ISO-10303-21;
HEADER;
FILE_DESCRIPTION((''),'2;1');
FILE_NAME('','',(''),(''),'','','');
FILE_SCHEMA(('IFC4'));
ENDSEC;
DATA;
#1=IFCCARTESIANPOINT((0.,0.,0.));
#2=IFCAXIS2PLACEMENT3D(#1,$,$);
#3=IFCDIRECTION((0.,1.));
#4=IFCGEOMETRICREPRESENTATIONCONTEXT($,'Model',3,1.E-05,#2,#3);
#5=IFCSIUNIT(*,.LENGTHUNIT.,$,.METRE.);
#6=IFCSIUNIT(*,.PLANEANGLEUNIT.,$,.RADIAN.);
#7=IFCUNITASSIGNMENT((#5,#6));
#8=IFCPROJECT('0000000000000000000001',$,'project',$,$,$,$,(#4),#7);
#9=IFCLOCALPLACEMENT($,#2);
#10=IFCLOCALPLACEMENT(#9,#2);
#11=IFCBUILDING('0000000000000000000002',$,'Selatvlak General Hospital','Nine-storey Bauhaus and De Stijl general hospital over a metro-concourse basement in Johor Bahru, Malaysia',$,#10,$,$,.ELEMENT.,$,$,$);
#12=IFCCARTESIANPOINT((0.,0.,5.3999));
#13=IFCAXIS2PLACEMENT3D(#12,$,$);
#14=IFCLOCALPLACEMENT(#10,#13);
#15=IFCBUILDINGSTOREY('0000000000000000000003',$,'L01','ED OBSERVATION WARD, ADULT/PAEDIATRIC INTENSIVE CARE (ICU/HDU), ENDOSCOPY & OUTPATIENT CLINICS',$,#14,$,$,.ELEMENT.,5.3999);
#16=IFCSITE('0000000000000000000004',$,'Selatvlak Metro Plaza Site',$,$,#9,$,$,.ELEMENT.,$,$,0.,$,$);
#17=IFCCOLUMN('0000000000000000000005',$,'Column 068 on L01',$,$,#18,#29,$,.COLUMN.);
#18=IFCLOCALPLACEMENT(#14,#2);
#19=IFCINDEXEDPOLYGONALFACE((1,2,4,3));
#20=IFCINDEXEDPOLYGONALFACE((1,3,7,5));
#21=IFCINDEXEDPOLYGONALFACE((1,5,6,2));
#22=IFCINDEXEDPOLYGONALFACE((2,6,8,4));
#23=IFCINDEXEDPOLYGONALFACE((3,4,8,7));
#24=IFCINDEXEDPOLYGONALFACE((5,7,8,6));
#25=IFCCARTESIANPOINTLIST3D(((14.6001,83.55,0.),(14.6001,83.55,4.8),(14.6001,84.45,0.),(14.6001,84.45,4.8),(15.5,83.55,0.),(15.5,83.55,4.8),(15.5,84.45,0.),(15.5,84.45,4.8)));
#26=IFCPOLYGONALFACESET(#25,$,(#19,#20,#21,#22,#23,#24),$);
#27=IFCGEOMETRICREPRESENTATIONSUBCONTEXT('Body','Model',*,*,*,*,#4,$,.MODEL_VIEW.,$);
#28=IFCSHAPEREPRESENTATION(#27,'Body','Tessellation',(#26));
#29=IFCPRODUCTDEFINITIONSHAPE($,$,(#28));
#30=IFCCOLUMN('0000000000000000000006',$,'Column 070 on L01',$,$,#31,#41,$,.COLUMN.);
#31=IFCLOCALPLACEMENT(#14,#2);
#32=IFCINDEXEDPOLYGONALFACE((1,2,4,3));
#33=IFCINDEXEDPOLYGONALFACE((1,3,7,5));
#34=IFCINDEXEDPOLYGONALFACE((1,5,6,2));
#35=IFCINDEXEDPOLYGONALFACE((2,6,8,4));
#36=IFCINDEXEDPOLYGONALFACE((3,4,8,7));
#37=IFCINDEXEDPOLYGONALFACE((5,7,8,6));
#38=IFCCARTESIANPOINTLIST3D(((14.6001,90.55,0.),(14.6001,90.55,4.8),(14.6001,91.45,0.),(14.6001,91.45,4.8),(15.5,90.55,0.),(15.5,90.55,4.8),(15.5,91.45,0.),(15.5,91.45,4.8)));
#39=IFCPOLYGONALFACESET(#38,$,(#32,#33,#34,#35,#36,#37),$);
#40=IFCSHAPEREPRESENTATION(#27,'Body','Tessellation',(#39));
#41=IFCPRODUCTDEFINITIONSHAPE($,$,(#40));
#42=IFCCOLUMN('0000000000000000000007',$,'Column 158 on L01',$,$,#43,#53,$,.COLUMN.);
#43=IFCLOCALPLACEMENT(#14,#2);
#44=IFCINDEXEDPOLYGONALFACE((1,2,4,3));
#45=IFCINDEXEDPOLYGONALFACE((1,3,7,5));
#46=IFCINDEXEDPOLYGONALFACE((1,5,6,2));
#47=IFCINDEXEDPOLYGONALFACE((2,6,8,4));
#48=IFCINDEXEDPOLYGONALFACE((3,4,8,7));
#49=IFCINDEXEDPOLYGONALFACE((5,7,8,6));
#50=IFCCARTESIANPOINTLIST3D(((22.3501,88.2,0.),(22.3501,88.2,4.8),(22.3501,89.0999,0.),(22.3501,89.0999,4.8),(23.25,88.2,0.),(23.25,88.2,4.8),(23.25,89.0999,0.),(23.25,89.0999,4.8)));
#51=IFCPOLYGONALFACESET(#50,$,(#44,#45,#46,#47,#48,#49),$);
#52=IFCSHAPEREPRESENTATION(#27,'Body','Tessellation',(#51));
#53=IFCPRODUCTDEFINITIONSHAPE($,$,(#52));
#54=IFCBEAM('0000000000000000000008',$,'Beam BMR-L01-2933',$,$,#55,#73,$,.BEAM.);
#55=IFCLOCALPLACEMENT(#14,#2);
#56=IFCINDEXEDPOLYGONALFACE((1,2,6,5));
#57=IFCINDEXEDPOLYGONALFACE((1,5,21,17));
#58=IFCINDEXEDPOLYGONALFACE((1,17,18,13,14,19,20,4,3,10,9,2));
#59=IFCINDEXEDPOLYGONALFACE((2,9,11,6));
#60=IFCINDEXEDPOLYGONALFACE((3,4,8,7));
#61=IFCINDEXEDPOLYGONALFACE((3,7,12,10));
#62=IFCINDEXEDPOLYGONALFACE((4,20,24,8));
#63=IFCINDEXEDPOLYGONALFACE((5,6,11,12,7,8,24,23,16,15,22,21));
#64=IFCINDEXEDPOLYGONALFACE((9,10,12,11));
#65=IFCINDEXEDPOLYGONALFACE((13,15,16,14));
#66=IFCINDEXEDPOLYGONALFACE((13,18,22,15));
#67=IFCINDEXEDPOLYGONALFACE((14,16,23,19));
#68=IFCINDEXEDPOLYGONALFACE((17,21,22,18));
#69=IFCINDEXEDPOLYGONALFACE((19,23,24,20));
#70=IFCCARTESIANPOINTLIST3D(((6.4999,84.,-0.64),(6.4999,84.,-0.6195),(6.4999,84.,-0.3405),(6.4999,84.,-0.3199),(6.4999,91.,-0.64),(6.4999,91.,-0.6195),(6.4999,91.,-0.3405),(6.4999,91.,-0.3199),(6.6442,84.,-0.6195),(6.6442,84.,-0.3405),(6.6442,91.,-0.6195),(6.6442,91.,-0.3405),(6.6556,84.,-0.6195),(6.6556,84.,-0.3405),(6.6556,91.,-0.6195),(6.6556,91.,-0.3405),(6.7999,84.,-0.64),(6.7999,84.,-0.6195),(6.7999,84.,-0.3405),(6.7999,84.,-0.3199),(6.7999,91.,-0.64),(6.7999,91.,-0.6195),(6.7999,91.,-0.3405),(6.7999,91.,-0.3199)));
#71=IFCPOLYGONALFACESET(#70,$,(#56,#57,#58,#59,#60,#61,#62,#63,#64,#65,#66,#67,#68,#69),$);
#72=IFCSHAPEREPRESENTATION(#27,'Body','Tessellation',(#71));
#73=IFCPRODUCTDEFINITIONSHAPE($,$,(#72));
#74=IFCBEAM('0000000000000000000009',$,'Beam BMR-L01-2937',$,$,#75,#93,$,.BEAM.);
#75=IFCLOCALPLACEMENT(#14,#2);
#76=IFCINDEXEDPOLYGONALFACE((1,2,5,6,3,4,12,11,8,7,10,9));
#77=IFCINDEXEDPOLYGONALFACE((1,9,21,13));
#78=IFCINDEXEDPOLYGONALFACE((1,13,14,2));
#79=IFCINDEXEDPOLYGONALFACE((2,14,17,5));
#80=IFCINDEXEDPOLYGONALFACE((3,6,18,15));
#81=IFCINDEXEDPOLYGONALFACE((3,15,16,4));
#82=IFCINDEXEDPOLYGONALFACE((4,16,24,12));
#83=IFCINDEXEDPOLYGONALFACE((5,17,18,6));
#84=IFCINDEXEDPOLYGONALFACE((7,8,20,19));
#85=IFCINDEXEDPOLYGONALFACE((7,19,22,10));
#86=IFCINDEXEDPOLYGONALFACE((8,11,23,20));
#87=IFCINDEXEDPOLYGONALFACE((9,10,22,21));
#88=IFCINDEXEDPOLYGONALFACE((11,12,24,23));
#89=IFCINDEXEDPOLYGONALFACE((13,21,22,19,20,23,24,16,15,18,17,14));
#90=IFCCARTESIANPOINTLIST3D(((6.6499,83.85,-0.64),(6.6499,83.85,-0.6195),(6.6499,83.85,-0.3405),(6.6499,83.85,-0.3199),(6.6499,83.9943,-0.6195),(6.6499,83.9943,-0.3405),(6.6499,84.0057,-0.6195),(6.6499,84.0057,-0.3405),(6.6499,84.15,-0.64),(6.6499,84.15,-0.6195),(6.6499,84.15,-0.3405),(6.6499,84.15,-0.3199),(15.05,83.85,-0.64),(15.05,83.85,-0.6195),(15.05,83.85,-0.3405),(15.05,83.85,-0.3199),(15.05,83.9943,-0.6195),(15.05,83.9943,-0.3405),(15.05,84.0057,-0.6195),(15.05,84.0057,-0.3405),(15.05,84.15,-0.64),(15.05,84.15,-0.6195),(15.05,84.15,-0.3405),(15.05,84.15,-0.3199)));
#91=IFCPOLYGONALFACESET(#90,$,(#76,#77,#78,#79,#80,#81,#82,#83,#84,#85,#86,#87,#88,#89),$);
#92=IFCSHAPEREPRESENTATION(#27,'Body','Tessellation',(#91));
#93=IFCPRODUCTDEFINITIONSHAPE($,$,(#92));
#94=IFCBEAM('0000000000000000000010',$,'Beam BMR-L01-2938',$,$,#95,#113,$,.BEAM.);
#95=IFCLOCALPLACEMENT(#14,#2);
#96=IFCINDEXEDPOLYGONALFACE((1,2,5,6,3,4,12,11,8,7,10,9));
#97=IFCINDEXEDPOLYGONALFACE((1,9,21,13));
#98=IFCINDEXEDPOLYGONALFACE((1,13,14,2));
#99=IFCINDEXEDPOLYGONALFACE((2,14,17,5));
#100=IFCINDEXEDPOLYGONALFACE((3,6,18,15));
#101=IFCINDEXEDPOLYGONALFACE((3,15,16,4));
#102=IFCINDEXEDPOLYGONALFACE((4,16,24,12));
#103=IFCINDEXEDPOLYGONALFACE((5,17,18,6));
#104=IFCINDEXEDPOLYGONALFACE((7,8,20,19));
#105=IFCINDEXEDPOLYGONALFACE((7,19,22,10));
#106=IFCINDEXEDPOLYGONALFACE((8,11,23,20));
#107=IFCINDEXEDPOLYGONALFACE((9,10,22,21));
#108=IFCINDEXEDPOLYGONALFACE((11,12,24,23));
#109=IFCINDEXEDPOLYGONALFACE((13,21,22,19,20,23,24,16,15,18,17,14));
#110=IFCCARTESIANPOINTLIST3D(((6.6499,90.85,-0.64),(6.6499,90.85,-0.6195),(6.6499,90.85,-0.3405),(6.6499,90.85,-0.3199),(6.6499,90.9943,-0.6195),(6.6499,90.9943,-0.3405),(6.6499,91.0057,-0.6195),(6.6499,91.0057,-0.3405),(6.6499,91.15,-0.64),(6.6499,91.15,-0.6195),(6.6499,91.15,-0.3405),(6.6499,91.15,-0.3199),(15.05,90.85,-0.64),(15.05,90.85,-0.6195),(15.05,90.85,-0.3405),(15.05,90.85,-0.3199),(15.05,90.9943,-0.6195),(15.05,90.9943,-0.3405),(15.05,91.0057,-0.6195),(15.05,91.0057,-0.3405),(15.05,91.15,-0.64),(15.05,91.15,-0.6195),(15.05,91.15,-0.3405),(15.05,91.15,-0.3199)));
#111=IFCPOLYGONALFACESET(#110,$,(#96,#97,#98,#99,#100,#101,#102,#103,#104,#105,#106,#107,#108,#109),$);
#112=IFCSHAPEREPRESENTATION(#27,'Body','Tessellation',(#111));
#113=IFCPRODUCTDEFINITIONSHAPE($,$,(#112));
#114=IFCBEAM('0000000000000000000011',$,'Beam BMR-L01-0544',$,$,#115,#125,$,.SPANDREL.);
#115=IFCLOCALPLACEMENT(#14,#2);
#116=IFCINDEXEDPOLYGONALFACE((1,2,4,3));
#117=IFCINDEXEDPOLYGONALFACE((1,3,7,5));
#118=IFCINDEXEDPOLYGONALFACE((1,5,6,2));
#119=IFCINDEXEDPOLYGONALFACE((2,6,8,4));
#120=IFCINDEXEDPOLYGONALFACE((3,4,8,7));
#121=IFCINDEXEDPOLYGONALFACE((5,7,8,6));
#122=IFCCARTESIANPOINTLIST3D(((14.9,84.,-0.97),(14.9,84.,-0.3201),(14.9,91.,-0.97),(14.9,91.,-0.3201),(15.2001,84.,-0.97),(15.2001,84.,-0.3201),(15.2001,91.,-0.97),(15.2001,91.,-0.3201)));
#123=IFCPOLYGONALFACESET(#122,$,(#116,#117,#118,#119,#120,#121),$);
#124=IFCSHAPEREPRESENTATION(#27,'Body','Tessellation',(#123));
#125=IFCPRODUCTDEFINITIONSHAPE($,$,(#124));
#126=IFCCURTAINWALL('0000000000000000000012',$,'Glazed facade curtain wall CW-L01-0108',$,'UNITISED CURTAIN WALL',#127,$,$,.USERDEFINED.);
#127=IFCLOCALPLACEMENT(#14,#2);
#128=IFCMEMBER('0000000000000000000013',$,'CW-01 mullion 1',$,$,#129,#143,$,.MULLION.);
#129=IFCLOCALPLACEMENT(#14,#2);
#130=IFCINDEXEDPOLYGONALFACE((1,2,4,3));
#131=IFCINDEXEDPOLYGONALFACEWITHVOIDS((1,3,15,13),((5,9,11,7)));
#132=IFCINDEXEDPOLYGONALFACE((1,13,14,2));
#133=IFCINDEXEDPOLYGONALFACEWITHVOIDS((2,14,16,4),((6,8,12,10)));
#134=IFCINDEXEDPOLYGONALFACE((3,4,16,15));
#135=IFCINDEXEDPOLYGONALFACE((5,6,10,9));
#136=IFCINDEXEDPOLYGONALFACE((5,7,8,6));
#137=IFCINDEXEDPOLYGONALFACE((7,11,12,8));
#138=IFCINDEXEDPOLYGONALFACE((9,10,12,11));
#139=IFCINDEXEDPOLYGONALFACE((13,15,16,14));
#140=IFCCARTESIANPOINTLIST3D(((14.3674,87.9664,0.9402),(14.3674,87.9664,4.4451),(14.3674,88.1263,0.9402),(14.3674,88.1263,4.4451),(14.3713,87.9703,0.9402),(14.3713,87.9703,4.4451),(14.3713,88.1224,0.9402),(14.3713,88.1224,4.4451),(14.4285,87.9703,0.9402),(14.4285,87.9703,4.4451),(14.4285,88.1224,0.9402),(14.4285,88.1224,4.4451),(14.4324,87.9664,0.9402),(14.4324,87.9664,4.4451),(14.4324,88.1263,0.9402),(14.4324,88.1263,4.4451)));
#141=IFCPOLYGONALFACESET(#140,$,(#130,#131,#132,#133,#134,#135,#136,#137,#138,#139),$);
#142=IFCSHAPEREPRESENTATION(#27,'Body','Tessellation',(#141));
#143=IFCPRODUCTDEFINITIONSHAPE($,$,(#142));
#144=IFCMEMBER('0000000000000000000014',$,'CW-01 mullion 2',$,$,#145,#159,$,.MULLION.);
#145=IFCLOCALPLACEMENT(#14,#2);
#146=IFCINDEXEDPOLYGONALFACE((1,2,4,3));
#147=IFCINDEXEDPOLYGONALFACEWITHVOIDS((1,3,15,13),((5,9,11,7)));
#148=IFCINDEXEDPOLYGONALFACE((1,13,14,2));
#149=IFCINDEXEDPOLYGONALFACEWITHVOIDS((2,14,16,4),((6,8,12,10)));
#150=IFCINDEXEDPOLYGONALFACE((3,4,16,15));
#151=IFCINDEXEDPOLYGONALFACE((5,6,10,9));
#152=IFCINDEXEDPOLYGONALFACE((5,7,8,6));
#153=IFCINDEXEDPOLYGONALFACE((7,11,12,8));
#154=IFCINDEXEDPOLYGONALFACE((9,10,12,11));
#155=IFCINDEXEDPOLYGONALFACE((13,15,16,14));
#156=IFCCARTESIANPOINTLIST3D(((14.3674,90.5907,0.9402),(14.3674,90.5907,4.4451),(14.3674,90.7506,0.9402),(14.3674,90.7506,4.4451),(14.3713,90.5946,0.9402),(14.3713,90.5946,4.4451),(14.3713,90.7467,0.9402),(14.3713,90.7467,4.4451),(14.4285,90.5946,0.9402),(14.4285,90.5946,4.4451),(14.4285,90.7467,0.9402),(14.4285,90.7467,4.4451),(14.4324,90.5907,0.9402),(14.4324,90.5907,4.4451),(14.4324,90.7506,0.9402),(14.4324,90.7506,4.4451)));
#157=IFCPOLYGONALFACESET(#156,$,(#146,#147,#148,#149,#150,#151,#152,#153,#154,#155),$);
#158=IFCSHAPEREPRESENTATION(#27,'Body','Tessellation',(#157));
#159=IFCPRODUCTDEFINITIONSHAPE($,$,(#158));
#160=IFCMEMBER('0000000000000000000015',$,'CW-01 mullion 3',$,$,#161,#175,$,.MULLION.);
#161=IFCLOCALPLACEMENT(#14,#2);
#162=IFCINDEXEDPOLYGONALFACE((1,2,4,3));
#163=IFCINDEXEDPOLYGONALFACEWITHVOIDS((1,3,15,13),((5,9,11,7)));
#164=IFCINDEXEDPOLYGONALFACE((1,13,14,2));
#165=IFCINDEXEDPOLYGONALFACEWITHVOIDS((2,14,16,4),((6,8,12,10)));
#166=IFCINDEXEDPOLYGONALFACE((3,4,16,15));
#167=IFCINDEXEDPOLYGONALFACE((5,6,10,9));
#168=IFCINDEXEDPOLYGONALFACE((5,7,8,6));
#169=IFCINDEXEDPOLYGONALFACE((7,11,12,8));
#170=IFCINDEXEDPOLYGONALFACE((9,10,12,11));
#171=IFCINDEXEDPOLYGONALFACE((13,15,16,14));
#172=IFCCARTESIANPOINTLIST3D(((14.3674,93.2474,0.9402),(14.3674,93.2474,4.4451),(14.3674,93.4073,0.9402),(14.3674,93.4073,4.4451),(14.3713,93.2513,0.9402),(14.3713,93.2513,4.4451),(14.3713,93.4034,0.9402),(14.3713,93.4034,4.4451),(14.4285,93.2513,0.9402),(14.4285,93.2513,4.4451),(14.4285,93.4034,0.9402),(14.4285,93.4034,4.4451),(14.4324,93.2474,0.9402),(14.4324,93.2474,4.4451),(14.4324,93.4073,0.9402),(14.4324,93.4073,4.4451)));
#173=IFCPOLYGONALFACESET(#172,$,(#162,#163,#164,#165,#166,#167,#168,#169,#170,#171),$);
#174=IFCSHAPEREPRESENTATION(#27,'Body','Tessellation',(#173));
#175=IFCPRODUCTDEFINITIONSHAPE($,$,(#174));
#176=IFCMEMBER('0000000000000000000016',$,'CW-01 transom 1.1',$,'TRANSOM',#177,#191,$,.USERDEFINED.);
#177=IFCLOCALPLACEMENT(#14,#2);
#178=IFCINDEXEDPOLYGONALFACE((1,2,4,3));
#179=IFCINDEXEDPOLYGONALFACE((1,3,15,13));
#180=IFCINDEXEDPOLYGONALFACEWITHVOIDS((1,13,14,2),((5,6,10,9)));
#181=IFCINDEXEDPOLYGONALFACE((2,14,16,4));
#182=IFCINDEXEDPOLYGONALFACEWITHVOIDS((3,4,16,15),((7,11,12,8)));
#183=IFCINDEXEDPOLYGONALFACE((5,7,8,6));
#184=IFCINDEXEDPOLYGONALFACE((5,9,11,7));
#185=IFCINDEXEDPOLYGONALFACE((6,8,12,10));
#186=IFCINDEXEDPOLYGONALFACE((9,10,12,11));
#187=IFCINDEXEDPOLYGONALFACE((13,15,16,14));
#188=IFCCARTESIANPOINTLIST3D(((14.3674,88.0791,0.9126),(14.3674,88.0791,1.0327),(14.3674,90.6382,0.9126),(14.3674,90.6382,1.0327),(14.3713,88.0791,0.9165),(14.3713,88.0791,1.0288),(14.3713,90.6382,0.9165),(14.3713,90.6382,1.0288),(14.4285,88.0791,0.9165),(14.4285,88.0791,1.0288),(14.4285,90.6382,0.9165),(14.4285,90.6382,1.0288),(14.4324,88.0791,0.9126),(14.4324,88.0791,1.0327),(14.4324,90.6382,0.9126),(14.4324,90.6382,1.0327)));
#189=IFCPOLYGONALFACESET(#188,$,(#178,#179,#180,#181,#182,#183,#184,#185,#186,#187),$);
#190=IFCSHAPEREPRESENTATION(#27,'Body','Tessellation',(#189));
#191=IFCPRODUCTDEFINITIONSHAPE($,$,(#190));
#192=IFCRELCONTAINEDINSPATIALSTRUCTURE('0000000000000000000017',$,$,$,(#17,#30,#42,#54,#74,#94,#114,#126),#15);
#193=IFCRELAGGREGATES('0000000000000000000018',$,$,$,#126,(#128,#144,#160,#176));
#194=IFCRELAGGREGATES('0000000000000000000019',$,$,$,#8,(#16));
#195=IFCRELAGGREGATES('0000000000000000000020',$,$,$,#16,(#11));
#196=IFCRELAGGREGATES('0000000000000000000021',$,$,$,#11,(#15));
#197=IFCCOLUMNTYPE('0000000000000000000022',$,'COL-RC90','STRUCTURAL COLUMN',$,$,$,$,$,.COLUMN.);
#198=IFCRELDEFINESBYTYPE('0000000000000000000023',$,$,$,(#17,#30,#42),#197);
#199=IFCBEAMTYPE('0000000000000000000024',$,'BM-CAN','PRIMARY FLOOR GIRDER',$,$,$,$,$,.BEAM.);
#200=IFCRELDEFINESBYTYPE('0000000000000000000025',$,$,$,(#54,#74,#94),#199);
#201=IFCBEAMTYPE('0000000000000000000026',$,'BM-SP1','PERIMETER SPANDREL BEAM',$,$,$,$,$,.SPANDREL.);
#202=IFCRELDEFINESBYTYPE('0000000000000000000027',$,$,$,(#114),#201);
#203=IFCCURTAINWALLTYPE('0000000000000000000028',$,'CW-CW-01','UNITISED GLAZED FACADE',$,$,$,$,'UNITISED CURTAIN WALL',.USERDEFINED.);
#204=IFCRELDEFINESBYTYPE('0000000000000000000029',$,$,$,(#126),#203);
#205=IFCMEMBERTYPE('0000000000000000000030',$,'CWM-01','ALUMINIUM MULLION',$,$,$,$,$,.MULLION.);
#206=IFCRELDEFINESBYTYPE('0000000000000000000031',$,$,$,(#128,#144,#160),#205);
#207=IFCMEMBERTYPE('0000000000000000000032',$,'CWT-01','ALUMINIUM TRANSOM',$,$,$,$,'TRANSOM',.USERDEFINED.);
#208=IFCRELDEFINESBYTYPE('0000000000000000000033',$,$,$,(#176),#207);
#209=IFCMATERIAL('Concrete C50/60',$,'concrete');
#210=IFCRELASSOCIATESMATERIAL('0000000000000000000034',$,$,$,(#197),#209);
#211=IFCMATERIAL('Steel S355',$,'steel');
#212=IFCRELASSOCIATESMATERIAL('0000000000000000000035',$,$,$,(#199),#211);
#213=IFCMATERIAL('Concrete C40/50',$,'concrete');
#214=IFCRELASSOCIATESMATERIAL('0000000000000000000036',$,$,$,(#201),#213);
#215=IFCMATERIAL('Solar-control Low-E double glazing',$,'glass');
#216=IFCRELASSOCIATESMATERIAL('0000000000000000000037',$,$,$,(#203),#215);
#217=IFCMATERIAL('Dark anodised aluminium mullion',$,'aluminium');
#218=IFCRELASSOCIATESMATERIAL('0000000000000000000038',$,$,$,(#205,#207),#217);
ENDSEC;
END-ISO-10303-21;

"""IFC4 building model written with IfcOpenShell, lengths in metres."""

from ifc_helpers import new_model, si_unit, direction, frame, origin, origin_2d, place, context, subcontext, project, spatial, rectangle, hollow_rectangle, i_section, extrude, material, material_profile, profile_set, type_object, element, aggregate, save


model = new_model("IFC4")

# Units and contexts
model_context = context("Model", 3, precision=1e-05, world=origin(), true_north=direction((0.0, 1.0)))
body_context = subcontext(model_context, "Body", "Model", "MODEL_VIEW")
ifc_project = project(units=[si_unit("LENGTHUNIT", "METRE"), si_unit("PLANEANGLEUNIT", "RADIAN")], contexts=[model_context])

# Site, building, storey
site_placement = place(None, origin())
site = spatial("IfcSite", under=ifc_project, at=site_placement, Name="Selatvlak Metro Plaza Site", CompositionType="ELEMENT", RefElevation=0.0)
building_placement = place(site_placement, origin())
building = spatial("IfcBuilding", under=site, at=building_placement, Name="Selatvlak General Hospital", Description="Nine-storey Bauhaus and De Stijl general hospital over a metro-concourse basement in Johor Bahru, Malaysia", CompositionType="ELEMENT")
storey_placement = place(building_placement, frame((0.0, 0.0, 5.3999)))
storey = spatial("IfcBuildingStorey", under=building, at=storey_placement, Name="L01", Description="ED OBSERVATION WARD, ADULT/PAEDIATRIC INTENSIVE CARE (ICU/HDU), ENDOSCOPY & OUTPATIENT CLINICS", CompositionType="ELEMENT", Elevation=5.3999)

# Columns
ifc_material_1 = material(Name="Concrete C50/60", Category="concrete")
ifc_material_profile_1 = material_profile(ifc_material_1, rectangle(XDim=0.8999, YDim=0.8999, at=origin_2d()), Name="RC-COL 900x900")
ifc_profile_set_1 = profile_set([ifc_material_profile_1], Name="Concrete C50/60")
column_type = type_object("IfcColumnType", Name="COL-RC90", Description="STRUCTURAL COLUMN", PredefinedType="COLUMN", material=ifc_profile_set_1)
for number, where, z_axis, x_axis, name in (
    (1, (15.05, 84.0, 0.0), (0.0, 0.0, 1.0), (1.0, 0.0, 0.0), "Column 068 on L01"),
    (2, (15.05, 91.0, 0.0), (0.0, 0.0, 1.0), (1.0, 0.0, 0.0), "Column 070 on L01"),
    (3, (22.8, 88.6499, 0.0), (0.0, 0.0, 1.0), (1.0, 0.0, 0.0), "Column 158 on L01"),
):
    element("IfcColumn", number, at=place(storey_placement, frame(where, z_axis=z_axis, x_axis=x_axis)), inside=storey, type_object=column_type, Name=name, PredefinedType="COLUMN", context=body_context, shape_type="SweptSolid", body=[
        extrude(rectangle(XDim=0.8999, YDim=0.8999, at=origin_2d()), origin(), (0.0, 0.0, 1.0), 4.8),
    ])

# Beams
ifc_material_2 = material(Name="Steel S355", Category="steel")
ifc_material_profile_2 = material_profile(ifc_material_2, i_section(OverallWidth=0.3, OverallDepth=0.3201, WebThickness=0.0115, FlangeThickness=0.0205, at=origin_2d()), Name="HEB 320")
ifc_profile_set_2 = profile_set([ifc_material_profile_2], Name="Steel S355")
beam_type_1 = type_object("IfcBeamType", Name="BM-CAN", Description="PRIMARY FLOOR GIRDER", PredefinedType="BEAM", material=ifc_profile_set_2)
beam_1_placement = place(storey_placement, frame((6.6499, 84.0, -0.48), z_axis=(0.0, 1.0, 0.0), x_axis=(-1.0, 0.0, 0.0)))
element("IfcBeam", 4, at=beam_1_placement, inside=storey, type_object=beam_type_1, Name="Beam BMR-L01-2933", PredefinedType="BEAM", context=body_context, shape_type="SweptSolid", body=[
    extrude(i_section(OverallWidth=0.3, OverallDepth=0.3201, WebThickness=0.0115, FlangeThickness=0.0205, at=origin_2d()), origin(), (0.0, 0.0, 1.0), 7.0),
])
for number, where, z_axis, x_axis, name in (
    (5, (6.6499, 84.0, -0.48), (1.0, 0.0, 0.0), (0.0, 1.0, 0.0), "Beam BMR-L01-2937"),
    (6, (6.6499, 91.0, -0.48), (1.0, 0.0, 0.0), (0.0, 1.0, 0.0), "Beam BMR-L01-2938"),
):
    element("IfcBeam", number, at=place(storey_placement, frame(where, z_axis=z_axis, x_axis=x_axis)), inside=storey, type_object=beam_type_1, Name=name, PredefinedType="BEAM", context=body_context, shape_type="SweptSolid", body=[
        extrude(i_section(OverallWidth=0.3, OverallDepth=0.3201, WebThickness=0.0115, FlangeThickness=0.0205, at=origin_2d()), origin(), (0.0, 0.0, 1.0), 8.4001),
    ])
ifc_material_3 = material(Name="Concrete C40/50", Category="concrete")
ifc_material_profile_3 = material_profile(ifc_material_3, rectangle(XDim=0.3, YDim=0.6499, at=origin_2d()), Name="RC-SP 300x650")
ifc_profile_set_3 = profile_set([ifc_material_profile_3], Name="Concrete C40/50")
beam_type_2 = type_object("IfcBeamType", Name="BM-SP1", Description="PERIMETER SPANDREL BEAM", PredefinedType="SPANDREL", material=ifc_profile_set_3)
beam_2_placement = place(storey_placement, frame((15.05, 84.0, -0.645), z_axis=(0.0, 1.0, 0.0), x_axis=(-1.0, 0.0, 0.0)))
element("IfcBeam", 7, at=beam_2_placement, inside=storey, type_object=beam_type_2, Name="Beam BMR-L01-0544", PredefinedType="SPANDREL", context=body_context, shape_type="SweptSolid", body=[
    extrude(rectangle(XDim=0.3, YDim=0.6499, at=origin_2d()), origin(), (0.0, 0.0, 1.0), 7.0),
])

# Curtain wall, members
ifc_material_4 = material(Name="Solar-control Low-E double glazing", Category="glass")
curtain_wall_type = type_object("IfcCurtainWallType", Name="CW-CW-01", Description="UNITISED GLAZED FACADE", ElementType="UNITISED CURTAIN WALL", PredefinedType="USERDEFINED", material=ifc_material_4)
curtain_wall_placement = place(storey_placement, origin())
curtain_wall = element("IfcCurtainWall", 8, at=curtain_wall_placement, inside=storey, type_object=curtain_wall_type, Name="Glazed facade curtain wall CW-L01-0108", ObjectType="UNITISED CURTAIN WALL", PredefinedType="USERDEFINED")
ifc_material_5 = material(Name="Dark anodised aluminium mullion", Category="aluminium")
ifc_material_profile_4 = material_profile(ifc_material_5, hollow_rectangle(XDim=0.0649, YDim=0.1599, WallThickness=0.0039, at=origin_2d()), Name="AL-MUL 65x160x4")
ifc_profile_set_4 = profile_set([ifc_material_profile_4], Name="Dark anodised aluminium mullion")
member_type_1 = type_object("IfcMemberType", Name="CWM-01", Description="ALUMINIUM MULLION", PredefinedType="MULLION", material=ifc_profile_set_4)
member_1_placement = place(storey_placement, frame((14.3999, 88.0464, 0.9402), z_axis=(0.0, 0.0, 1.0), x_axis=(-1.0, 0.0, 0.0)))
member_1 = element("IfcMember", 9, at=member_1_placement, type_object=member_type_1, Name="CW-01 mullion 1", PredefinedType="MULLION", context=body_context, shape_type="SweptSolid", body=[
    extrude(hollow_rectangle(XDim=0.0649, YDim=0.1599, WallThickness=0.0039, at=origin_2d()), origin(), (0.0, 0.0, 1.0), 3.5049),
])
member_2_placement = place(storey_placement, frame((14.3999, 90.6707, 0.9402), z_axis=(0.0, 0.0, 1.0), x_axis=(-1.0, 0.0, 0.0)))
member_2 = element("IfcMember", 10, at=member_2_placement, type_object=member_type_1, Name="CW-01 mullion 2", PredefinedType="MULLION", context=body_context, shape_type="SweptSolid", body=[
    extrude(hollow_rectangle(XDim=0.0649, YDim=0.1599, WallThickness=0.0039, at=origin_2d()), origin(), (0.0, 0.0, 1.0), 3.5049),
])
member_3_placement = place(storey_placement, frame((14.3999, 93.3274, 0.9402), z_axis=(0.0, 0.0, 1.0), x_axis=(-1.0, 0.0, 0.0)))
member_3 = element("IfcMember", 11, at=member_3_placement, type_object=member_type_1, Name="CW-01 mullion 3", PredefinedType="MULLION", context=body_context, shape_type="SweptSolid", body=[
    extrude(hollow_rectangle(XDim=0.0649, YDim=0.1599, WallThickness=0.0039, at=origin_2d()), origin(), (0.0, 0.0, 1.0), 3.5049),
])
ifc_material_profile_5 = material_profile(ifc_material_5, hollow_rectangle(XDim=0.0649, YDim=0.1201, WallThickness=0.0039, at=origin_2d()), Name="AL-TRN 65x120x4")
ifc_profile_set_5 = profile_set([ifc_material_profile_5], Name="Dark anodised aluminium mullion")
member_type_2 = type_object("IfcMemberType", Name="CWT-01", Description="ALUMINIUM TRANSOM", ElementType="TRANSOM", PredefinedType="USERDEFINED", material=ifc_profile_set_5)
member_4_placement = place(storey_placement, frame((14.3999, 88.0791, 0.9727), z_axis=(0.0, 1.0, 0.0), x_axis=(-1.0, 0.0, 0.0)))
member_4 = element("IfcMember", 12, at=member_4_placement, type_object=member_type_2, Name="CW-01 transom 1.1", ObjectType="TRANSOM", PredefinedType="USERDEFINED", context=body_context, shape_type="SweptSolid", body=[
    extrude(hollow_rectangle(XDim=0.0649, YDim=0.1201, WallThickness=0.0039, at=origin_2d()), origin(), (0.0, 0.0, 1.0), 2.5591),
])
aggregate(curtain_wall, [member_1, member_2, member_3, member_4])

save(model, "model.ifc")
